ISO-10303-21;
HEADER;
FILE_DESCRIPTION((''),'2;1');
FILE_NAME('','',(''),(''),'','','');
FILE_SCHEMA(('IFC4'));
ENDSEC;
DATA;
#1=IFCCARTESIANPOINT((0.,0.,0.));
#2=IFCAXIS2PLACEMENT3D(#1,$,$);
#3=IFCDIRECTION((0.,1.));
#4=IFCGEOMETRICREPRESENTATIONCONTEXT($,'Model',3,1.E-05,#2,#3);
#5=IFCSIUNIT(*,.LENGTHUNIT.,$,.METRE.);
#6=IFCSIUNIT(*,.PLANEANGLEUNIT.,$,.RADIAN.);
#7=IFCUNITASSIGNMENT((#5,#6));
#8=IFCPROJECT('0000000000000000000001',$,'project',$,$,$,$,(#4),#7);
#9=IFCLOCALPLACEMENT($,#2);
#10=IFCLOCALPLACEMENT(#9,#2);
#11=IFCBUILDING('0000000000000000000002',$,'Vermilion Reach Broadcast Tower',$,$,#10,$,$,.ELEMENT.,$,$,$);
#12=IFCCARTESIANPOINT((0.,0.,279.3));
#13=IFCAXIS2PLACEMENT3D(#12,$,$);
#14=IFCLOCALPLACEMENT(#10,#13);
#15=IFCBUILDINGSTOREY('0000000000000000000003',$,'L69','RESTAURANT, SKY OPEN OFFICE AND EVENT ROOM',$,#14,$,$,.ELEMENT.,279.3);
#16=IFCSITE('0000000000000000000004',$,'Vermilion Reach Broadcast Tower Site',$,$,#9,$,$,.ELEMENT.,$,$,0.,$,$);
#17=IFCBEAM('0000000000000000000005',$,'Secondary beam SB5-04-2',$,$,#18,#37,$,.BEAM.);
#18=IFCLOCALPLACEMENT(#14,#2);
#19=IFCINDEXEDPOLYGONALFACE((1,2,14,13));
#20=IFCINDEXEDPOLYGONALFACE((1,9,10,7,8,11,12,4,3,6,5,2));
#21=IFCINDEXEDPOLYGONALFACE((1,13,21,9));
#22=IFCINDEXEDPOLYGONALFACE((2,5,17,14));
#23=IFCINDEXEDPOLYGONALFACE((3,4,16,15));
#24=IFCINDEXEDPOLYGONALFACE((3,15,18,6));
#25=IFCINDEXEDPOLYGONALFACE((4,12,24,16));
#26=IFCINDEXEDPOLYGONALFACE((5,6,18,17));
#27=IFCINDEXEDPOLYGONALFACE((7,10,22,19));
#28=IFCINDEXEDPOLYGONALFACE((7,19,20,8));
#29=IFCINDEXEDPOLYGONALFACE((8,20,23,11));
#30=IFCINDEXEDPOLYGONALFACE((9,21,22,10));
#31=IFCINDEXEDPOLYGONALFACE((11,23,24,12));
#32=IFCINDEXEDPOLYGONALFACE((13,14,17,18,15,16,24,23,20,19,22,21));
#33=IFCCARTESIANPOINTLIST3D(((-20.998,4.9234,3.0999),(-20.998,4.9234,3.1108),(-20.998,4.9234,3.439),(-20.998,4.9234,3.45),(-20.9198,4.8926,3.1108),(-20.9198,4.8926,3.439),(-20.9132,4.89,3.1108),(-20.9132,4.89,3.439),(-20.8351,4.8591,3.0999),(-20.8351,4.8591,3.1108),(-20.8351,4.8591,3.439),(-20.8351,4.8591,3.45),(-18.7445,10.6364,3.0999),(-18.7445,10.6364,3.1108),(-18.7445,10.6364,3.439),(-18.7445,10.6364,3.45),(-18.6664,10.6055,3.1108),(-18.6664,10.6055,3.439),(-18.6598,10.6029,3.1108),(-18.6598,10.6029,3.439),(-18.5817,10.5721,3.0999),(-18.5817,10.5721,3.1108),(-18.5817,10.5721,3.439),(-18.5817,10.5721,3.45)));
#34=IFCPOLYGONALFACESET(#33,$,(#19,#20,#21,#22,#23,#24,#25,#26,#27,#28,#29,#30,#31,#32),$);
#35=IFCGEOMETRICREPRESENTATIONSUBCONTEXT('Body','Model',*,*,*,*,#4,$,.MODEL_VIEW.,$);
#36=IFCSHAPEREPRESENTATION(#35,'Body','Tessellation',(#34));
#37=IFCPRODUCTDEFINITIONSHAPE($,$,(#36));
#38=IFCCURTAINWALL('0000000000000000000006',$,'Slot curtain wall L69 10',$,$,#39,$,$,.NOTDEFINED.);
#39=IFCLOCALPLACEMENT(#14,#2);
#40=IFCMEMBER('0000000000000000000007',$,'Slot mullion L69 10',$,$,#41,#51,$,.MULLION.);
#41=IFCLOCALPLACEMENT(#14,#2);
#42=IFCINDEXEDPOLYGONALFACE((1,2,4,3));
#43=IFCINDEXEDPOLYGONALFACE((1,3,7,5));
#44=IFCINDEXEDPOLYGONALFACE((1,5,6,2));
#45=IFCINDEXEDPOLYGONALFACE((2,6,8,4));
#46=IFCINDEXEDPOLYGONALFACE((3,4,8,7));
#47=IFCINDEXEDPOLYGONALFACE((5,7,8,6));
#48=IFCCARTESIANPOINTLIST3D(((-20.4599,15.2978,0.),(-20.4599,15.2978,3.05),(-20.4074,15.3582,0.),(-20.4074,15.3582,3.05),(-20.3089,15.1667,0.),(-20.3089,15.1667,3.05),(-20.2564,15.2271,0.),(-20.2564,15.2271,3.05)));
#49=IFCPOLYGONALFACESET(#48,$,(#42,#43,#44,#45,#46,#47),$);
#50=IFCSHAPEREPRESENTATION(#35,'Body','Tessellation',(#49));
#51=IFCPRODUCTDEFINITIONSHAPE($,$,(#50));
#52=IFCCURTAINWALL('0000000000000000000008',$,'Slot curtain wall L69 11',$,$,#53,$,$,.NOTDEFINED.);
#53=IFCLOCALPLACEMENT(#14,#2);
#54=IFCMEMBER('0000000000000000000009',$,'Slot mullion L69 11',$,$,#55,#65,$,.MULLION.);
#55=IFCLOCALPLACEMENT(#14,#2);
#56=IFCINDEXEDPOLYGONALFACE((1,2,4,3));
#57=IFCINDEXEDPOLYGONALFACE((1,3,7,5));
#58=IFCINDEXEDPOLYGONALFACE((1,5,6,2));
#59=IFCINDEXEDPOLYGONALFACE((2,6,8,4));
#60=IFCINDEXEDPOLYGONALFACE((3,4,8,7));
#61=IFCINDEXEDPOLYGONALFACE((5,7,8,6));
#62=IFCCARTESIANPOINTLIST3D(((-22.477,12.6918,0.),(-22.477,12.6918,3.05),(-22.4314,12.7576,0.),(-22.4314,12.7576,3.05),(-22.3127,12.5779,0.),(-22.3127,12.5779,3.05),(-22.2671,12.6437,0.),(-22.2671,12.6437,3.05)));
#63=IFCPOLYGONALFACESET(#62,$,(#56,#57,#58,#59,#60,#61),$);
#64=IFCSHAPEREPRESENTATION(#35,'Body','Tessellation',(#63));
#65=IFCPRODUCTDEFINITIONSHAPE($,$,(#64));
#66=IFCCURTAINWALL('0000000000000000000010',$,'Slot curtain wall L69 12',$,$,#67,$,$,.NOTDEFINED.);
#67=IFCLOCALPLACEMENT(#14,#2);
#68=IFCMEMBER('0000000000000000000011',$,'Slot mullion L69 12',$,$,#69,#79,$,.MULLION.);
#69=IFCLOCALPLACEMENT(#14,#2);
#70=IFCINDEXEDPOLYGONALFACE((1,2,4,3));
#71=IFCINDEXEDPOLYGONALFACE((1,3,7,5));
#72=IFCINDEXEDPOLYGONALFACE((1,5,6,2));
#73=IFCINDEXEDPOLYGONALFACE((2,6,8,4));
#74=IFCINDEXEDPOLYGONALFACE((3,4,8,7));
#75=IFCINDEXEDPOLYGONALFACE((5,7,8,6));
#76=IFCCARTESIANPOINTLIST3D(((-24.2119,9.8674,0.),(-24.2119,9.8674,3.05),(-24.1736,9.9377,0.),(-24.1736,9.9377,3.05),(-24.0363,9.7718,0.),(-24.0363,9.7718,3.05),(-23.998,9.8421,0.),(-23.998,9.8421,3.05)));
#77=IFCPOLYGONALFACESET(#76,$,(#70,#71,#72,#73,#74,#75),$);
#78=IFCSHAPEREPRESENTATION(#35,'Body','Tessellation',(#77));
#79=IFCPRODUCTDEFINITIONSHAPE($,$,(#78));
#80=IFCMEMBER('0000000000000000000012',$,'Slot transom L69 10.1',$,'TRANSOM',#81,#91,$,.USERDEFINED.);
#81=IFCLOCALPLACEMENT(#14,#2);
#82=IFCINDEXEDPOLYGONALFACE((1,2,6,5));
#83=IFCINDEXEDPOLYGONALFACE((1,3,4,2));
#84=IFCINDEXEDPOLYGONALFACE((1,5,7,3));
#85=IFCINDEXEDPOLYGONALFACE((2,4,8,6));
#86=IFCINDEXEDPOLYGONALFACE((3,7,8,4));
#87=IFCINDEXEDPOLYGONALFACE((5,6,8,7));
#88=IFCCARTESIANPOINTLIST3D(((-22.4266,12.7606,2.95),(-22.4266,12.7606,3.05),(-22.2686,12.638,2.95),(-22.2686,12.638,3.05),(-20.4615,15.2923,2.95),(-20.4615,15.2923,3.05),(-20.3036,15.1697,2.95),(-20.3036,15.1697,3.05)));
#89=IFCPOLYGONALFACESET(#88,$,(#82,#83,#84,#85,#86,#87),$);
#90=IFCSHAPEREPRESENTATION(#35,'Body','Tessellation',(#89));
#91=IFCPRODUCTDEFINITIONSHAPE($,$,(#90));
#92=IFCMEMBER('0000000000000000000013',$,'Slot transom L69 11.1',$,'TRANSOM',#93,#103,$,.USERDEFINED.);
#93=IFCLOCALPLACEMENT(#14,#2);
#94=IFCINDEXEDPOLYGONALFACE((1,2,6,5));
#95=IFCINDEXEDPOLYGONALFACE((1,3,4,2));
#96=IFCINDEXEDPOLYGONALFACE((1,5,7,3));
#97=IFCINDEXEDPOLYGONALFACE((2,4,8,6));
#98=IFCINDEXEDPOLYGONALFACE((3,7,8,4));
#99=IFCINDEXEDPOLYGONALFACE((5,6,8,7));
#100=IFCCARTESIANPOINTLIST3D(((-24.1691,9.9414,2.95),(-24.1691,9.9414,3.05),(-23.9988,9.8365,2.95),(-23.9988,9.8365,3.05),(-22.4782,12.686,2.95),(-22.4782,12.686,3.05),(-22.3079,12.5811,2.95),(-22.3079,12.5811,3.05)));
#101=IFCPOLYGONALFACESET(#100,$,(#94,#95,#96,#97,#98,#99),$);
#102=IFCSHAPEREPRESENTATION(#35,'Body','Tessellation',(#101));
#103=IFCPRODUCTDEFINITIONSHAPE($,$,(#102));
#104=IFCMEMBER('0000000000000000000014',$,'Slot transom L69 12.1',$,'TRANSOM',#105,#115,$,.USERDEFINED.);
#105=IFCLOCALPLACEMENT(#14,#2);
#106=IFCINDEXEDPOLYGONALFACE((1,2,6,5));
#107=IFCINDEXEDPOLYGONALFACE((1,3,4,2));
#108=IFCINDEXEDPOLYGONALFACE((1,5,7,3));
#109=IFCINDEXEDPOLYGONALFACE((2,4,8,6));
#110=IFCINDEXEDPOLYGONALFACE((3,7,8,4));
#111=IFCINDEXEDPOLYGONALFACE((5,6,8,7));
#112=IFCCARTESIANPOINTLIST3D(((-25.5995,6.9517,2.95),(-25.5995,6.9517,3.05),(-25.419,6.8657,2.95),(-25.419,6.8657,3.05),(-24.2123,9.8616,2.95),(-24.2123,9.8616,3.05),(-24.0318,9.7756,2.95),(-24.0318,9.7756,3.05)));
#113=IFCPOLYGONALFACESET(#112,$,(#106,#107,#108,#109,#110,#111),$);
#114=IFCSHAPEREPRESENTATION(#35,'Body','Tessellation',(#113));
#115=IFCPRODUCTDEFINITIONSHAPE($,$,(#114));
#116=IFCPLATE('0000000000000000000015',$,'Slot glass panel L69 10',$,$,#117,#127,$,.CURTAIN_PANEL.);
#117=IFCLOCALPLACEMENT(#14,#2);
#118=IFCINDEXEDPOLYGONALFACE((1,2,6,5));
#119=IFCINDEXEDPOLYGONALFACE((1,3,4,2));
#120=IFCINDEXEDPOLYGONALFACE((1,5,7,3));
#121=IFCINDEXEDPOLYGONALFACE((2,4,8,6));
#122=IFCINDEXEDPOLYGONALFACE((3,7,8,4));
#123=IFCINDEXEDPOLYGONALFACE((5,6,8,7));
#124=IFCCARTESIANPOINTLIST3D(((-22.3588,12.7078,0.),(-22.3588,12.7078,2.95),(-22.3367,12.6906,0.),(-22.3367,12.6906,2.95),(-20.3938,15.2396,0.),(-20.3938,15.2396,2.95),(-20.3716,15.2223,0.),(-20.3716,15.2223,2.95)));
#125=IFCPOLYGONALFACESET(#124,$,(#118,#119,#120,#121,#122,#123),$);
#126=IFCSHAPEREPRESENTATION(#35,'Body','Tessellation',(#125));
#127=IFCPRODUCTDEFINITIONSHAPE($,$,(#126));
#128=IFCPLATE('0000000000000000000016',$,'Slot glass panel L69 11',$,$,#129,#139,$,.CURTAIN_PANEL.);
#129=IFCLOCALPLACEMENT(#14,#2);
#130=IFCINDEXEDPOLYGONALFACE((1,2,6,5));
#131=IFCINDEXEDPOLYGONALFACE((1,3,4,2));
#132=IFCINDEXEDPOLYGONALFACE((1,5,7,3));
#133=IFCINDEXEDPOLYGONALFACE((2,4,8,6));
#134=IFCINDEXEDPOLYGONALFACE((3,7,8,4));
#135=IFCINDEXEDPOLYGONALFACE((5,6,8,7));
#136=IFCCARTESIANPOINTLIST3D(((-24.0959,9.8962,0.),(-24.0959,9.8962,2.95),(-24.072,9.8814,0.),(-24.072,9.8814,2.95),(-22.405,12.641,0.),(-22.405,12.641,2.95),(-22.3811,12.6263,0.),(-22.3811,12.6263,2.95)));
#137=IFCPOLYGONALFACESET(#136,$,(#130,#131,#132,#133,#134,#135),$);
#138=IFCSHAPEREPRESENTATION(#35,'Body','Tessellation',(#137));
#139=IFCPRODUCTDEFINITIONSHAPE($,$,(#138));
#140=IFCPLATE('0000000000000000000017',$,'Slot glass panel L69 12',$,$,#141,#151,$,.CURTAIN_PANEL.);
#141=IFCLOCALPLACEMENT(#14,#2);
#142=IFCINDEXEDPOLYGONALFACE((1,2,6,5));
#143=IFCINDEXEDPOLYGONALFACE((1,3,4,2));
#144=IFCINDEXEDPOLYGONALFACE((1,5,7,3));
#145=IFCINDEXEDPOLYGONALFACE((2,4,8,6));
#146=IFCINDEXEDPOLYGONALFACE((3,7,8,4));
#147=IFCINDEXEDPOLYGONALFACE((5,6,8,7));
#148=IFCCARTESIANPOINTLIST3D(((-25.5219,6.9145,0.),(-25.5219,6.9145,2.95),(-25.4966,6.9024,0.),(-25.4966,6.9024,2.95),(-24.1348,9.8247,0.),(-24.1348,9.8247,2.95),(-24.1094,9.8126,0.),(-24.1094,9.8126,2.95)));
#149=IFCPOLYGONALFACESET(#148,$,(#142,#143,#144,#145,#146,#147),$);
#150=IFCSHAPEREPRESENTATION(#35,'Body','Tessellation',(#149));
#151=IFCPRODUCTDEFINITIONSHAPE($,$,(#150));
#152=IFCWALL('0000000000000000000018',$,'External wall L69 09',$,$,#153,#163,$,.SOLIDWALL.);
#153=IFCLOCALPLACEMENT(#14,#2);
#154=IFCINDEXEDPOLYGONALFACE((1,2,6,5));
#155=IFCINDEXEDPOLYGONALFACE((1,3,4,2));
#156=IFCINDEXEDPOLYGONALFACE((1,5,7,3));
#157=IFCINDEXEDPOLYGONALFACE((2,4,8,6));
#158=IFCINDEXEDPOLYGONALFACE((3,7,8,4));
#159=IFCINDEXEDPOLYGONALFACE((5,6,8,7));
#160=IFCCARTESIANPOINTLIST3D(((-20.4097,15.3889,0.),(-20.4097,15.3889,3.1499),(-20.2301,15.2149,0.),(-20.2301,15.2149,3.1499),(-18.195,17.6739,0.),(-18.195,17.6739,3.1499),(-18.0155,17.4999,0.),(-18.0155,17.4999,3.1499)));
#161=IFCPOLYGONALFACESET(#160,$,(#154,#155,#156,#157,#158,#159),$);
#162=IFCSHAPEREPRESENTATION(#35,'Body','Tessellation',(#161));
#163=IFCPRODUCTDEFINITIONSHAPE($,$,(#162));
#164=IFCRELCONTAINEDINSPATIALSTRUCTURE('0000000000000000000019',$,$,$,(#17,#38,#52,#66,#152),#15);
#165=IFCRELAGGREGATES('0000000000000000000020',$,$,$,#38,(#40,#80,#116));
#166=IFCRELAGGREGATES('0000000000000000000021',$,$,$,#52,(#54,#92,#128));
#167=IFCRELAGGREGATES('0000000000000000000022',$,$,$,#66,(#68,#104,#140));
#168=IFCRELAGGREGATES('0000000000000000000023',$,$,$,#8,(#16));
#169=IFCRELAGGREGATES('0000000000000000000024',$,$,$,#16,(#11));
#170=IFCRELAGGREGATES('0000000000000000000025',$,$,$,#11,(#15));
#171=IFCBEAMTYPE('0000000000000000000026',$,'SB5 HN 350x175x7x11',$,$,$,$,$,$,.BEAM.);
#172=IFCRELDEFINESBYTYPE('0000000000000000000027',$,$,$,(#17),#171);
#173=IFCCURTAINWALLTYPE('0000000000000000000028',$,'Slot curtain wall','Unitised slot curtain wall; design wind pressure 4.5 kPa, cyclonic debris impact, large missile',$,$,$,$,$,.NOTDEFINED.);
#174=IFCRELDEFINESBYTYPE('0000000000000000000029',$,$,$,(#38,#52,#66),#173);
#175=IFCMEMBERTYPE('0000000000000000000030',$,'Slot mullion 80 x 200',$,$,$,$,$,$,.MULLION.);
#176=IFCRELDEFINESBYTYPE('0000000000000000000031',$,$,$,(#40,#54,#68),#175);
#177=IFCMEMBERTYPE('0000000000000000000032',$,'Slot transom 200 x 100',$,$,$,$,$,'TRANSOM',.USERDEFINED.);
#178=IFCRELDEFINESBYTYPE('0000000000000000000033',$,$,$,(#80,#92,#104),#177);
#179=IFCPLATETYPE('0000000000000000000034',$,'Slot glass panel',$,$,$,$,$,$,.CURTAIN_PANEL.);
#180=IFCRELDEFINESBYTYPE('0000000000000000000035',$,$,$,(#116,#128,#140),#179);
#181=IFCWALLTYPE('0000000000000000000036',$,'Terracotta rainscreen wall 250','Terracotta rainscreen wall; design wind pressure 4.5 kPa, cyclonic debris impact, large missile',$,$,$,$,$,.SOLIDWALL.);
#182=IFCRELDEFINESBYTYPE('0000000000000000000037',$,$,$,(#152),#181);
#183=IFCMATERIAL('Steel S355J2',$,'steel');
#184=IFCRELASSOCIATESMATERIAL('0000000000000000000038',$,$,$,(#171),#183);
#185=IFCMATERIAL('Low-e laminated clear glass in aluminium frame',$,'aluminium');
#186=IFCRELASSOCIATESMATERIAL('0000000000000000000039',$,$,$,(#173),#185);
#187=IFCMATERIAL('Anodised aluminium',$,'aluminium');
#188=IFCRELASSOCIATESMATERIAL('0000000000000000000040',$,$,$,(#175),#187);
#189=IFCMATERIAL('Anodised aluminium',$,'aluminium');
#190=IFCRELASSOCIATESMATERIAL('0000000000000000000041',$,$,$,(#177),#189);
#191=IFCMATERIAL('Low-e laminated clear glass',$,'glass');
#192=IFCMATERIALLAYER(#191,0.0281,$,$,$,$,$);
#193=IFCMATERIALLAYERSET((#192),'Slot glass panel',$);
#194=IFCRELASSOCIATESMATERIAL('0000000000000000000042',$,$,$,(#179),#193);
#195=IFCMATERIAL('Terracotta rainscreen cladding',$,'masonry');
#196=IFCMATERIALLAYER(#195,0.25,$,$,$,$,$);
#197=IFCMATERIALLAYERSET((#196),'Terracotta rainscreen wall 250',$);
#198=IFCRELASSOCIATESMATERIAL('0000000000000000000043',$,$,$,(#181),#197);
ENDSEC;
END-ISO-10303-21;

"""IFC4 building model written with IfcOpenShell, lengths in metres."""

from ifc_helpers import new_model, si_unit, direction, frame, frame_2d, origin, origin_2d, place, context, subcontext, project, spatial, rectangle, i_section, extrude, material, layer, layer_set, material_profile, profile_set, type_object, element, aggregate, save


model = new_model("IFC4")

# Units and contexts
model_context = context("Model", 3, precision=1e-05, world=origin(), true_north=direction((0.0, 1.0)))
body_context = subcontext(model_context, "Body", "Model", "MODEL_VIEW")
ifc_project = project(units=[si_unit("LENGTHUNIT", "METRE"), si_unit("PLANEANGLEUNIT", "RADIAN")], contexts=[model_context])

# Site, building, storey
site_placement = place(None, origin())
site = spatial("IfcSite", under=ifc_project, at=site_placement, Name="Vermilion Reach Broadcast Tower Site", CompositionType="ELEMENT", RefElevation=0.0)
building_placement = place(site_placement, origin())
building = spatial("IfcBuilding", under=site, at=building_placement, Name="Vermilion Reach Broadcast Tower", CompositionType="ELEMENT")
storey_placement = place(building_placement, frame((0.0, 0.0, 279.3)))
storey = spatial("IfcBuildingStorey", under=building, at=storey_placement, Name="L69", Description="RESTAURANT, SKY OPEN OFFICE AND EVENT ROOM", CompositionType="ELEMENT", Elevation=279.3)

# Beam
ifc_material_1 = material(Name="Steel S355J2", Category="steel")
ifc_material_profile_1 = material_profile(ifc_material_1, i_section(OverallWidth=0.175, OverallDepth=0.3501, WebThickness=0.0071, FlangeThickness=0.011, at=origin_2d()), Name="S355J2 HN 350x175x7x11")
ifc_profile_set_1 = profile_set([ifc_material_profile_1], Name="Steel S355J2")
beam_type_1 = type_object("IfcBeamType", Name="SB5 HN 350x175x7x11", PredefinedType="BEAM", material=ifc_profile_set_1)
beam_1_placement = place(storey_placement, frame((-18.6631, 10.6042, 3.2749), z_axis=(-0.366931, -0.930248, 0.0), x_axis=(0.930248, -0.366931, 0.0)))
element("IfcBeam", 1, at=beam_1_placement, inside=storey, type_object=beam_type_1, Name="Secondary beam SB5-04-2", PredefinedType="BEAM", context=body_context, shape_type="SweptSolid", body=[
    extrude(i_section(OverallWidth=0.175, OverallDepth=0.3501, WebThickness=0.0071, FlangeThickness=0.011, at=origin_2d()), origin(), (0.0, 0.0, 1.0), 6.1414),
])

# Curtain walls, members
ifc_material_2 = material(Name="Low-e laminated clear glass in aluminium frame", Category="aluminium")
curtain_wall_type = type_object("IfcCurtainWallType", Name="Slot curtain wall", Description="Unitised slot curtain wall; design wind pressure 4.5 kPa, cyclonic debris impact, large missile", PredefinedType="NOTDEFINED", material=ifc_material_2)
placement = place(storey_placement, origin())
curtain_wall_1 = element("IfcCurtainWall", 2, at=placement, inside=storey, type_object=curtain_wall_type, Name="Slot curtain wall L69 10", PredefinedType="NOTDEFINED")
ifc_material_3 = material(Name="Anodised aluminium", Category="aluminium")
ifc_material_profile_2 = material_profile(ifc_material_3, rectangle(XDim=0.2, YDim=0.0801, at=origin_2d()), Name="Slot mullion 80 x 200")
ifc_profile_set_2 = profile_set([ifc_material_profile_2], Name="Anodised aluminium")
member_type_1 = type_object("IfcMemberType", Name="Slot mullion 80 x 200", PredefinedType="MULLION", material=ifc_profile_set_2)
member_1_placement = place(storey_placement, frame((-20.3582, 15.2625, 0.0), z_axis=(0.0, 0.0, 1.0), x_axis=(0.755156, -0.655545, 0.0)))
member_1 = element("IfcMember", 3, at=member_1_placement, type_object=member_type_1, Name="Slot mullion L69 10", PredefinedType="MULLION", context=body_context, shape_type="SweptSolid", body=[
    extrude(rectangle(XDim=0.2, YDim=0.0801, at=origin_2d()), origin(), (0.0, 0.0, 1.0), 3.05),
])
curtain_wall_2 = element("IfcCurtainWall", 4, at=placement, inside=storey, type_object=curtain_wall_type, Name="Slot curtain wall L69 11", PredefinedType="NOTDEFINED")
member_2_placement = place(storey_placement, frame((-22.3721, 12.6677, 0.0), z_axis=(0.0, 0.0, 1.0), x_axis=(0.821886, -0.569651, 0.0)))
member_2 = element("IfcMember", 5, at=member_2_placement, type_object=member_type_1, Name="Slot mullion L69 11", PredefinedType="MULLION", context=body_context, shape_type="SweptSolid", body=[
    extrude(rectangle(XDim=0.2, YDim=0.0801, at=origin_2d()), origin(), (0.0, 0.0, 1.0), 3.05),
])
curtain_wall_3 = element("IfcCurtainWall", 6, at=placement, inside=storey, type_object=curtain_wall_type, Name="Slot curtain wall L69 12", PredefinedType="NOTDEFINED")
member_3_placement = place(storey_placement, frame((-24.105, 9.8547, 0.0), z_axis=(0.0, 0.0, 1.0), x_axis=(0.878317, -0.478079, 0.0)))
member_3 = element("IfcMember", 7, at=member_3_placement, type_object=member_type_1, Name="Slot mullion L69 12", PredefinedType="MULLION", context=body_context, shape_type="SweptSolid", body=[
    extrude(rectangle(XDim=0.2, YDim=0.0801, at=origin_2d()), origin(), (0.0, 0.0, 1.0), 3.05),
])

# Members
ifc_material_4 = material(Name="Anodised aluminium", Category="aluminium")
ifc_material_profile_3 = material_profile(ifc_material_4, rectangle(XDim=0.2, YDim=0.1001, at=origin_2d()), Name="Slot transom 200 x 100")
ifc_profile_set_3 = profile_set([ifc_material_profile_3], Name="Anodised aluminium")
member_type_2 = type_object("IfcMemberType", Name="Slot transom 200 x 100", ElementType="TRANSOM", PredefinedType="USERDEFINED", material=ifc_profile_set_3)
member_4_placement = place(storey_placement, frame((-20.3826, 15.231, 3.0), z_axis=(-0.613155, -0.789963, 0.0), x_axis=(0.789963, -0.613155, 0.0)))
member_4 = element("IfcMember", 8, at=member_4_placement, type_object=member_type_2, Name="Slot transom L69 10.1", ObjectType="TRANSOM", PredefinedType="USERDEFINED", context=body_context, shape_type="SweptSolid", body=[
    extrude(rectangle(XDim=0.2, YDim=0.1001, at=origin_2d()), origin(), (0.0, 0.0, 1.0), 3.2048),
])
member_5_placement = place(storey_placement, frame((-22.3931, 12.6335, 3.0), z_axis=(-0.524528, -0.851393, 0.0), x_axis=(0.851393, -0.524528, 0.0)))
member_5 = element("IfcMember", 9, at=member_5_placement, type_object=member_type_2, Name="Slot transom L69 11.1", ObjectType="TRANSOM", PredefinedType="USERDEFINED", context=body_context, shape_type="SweptSolid", body=[
    extrude(rectangle(XDim=0.2, YDim=0.1001, at=origin_2d()), origin(), (0.0, 0.0, 1.0), 3.2236),
])
member_6_placement = place(storey_placement, frame((-24.1221, 9.8186, 3.0), z_axis=(-0.430322, -0.902676, 0.0), x_axis=(0.902676, -0.430322, 0.0)))
member_6 = element("IfcMember", 10, at=member_6_placement, type_object=member_type_2, Name="Slot transom L69 12.1", ObjectType="TRANSOM", PredefinedType="USERDEFINED", context=body_context, shape_type="SweptSolid", body=[
    extrude(rectangle(XDim=0.2, YDim=0.1001, at=origin_2d()), origin(), (0.0, 0.0, 1.0), 3.2236),
])

# Plates
ifc_material_5 = material(Name="Low-e laminated clear glass", Category="glass")
ifc_layer_1 = layer(ifc_material_5, 0.0281)
ifc_layer_set_1 = layer_set([ifc_layer_1], Name="Slot glass panel")
plate_type = type_object("IfcPlateType", Name="Slot glass panel", PredefinedType="CURTAIN_PANEL", material=ifc_layer_set_1)
plate_1_placement = place(storey_placement, frame((-21.3652, 13.9651, 0.0), z_axis=(0.0, 0.0, 1.0), x_axis=(-0.613149, -0.789967, 0.0)))
plate_1 = element("IfcPlate", 11, at=plate_1_placement, type_object=plate_type, Name="Slot glass panel L69 10", PredefinedType="CURTAIN_PANEL", context=body_context, shape_type="SweptSolid", body=[
    extrude(rectangle(XDim=3.2048, YDim=0.0281, at=origin_2d()), origin(), (0.0, 0.0, 1.0), 2.95),
])
aggregate(curtain_wall_1, [member_1, member_4, plate_1])
plate_2_placement = place(storey_placement, frame((-23.2385, 11.2612, 0.0), z_axis=(0.0, 0.0, 1.0), x_axis=(-0.524496, -0.851413, 0.0)))
plate_2 = element("IfcPlate", 12, at=plate_2_placement, type_object=plate_type, Name="Slot glass panel L69 11", PredefinedType="CURTAIN_PANEL", context=body_context, shape_type="SweptSolid", body=[
    extrude(rectangle(XDim=3.2239, YDim=0.0281, at=origin_2d()), origin(), (0.0, 0.0, 1.0), 2.95),
])
aggregate(curtain_wall_2, [member_2, member_5, plate_2])
plate_3_placement = place(storey_placement, frame((-24.8157, 8.3635, 0.0), z_axis=(0.0, 0.0, 1.0), x_axis=(-0.430285, -0.902693, 0.0)))
plate_3 = element("IfcPlate", 13, at=plate_3_placement, type_object=plate_type, Name="Slot glass panel L69 12", PredefinedType="CURTAIN_PANEL", context=body_context, shape_type="SweptSolid", body=[
    extrude(rectangle(XDim=3.2239, YDim=0.0281, at=origin_2d()), origin(), (0.0, 0.0, 1.0), 2.95),
])
aggregate(curtain_wall_3, [member_3, member_6, plate_3])

# Wall
ifc_material_6 = material(Name="Terracotta rainscreen cladding", Category="masonry")
ifc_layer_2 = layer(ifc_material_6, 0.25)
ifc_layer_set_2 = layer_set([ifc_layer_2], Name="Terracotta rainscreen wall 250")
wall_type_1 = type_object("IfcWallType", Name="Terracotta rainscreen wall 250", Description="Terracotta rainscreen wall; design wind pressure 4.5 kPa, cyclonic debris impact, large missile", PredefinedType="SOLIDWALL", material=ifc_layer_set_2)
wall_1_placement = place(storey_placement, frame((-18.1052, 17.5869, 0.0), z_axis=(0.0, 0.0, 1.0), x_axis=(-0.695972, -0.718069, 0.0)))
element("IfcWall", 14, at=wall_1_placement, inside=storey, type_object=wall_type_1, Name="External wall L69 09", PredefinedType="SOLIDWALL", context=body_context, shape_type="SweptSolid", body=[
    extrude(rectangle(XDim=3.1821, YDim=0.25, at=frame_2d((1.5911, 0.0))), origin(), (0.0, 0.0, 1.0), 3.1499),
])

save(model, "model.ifc")
